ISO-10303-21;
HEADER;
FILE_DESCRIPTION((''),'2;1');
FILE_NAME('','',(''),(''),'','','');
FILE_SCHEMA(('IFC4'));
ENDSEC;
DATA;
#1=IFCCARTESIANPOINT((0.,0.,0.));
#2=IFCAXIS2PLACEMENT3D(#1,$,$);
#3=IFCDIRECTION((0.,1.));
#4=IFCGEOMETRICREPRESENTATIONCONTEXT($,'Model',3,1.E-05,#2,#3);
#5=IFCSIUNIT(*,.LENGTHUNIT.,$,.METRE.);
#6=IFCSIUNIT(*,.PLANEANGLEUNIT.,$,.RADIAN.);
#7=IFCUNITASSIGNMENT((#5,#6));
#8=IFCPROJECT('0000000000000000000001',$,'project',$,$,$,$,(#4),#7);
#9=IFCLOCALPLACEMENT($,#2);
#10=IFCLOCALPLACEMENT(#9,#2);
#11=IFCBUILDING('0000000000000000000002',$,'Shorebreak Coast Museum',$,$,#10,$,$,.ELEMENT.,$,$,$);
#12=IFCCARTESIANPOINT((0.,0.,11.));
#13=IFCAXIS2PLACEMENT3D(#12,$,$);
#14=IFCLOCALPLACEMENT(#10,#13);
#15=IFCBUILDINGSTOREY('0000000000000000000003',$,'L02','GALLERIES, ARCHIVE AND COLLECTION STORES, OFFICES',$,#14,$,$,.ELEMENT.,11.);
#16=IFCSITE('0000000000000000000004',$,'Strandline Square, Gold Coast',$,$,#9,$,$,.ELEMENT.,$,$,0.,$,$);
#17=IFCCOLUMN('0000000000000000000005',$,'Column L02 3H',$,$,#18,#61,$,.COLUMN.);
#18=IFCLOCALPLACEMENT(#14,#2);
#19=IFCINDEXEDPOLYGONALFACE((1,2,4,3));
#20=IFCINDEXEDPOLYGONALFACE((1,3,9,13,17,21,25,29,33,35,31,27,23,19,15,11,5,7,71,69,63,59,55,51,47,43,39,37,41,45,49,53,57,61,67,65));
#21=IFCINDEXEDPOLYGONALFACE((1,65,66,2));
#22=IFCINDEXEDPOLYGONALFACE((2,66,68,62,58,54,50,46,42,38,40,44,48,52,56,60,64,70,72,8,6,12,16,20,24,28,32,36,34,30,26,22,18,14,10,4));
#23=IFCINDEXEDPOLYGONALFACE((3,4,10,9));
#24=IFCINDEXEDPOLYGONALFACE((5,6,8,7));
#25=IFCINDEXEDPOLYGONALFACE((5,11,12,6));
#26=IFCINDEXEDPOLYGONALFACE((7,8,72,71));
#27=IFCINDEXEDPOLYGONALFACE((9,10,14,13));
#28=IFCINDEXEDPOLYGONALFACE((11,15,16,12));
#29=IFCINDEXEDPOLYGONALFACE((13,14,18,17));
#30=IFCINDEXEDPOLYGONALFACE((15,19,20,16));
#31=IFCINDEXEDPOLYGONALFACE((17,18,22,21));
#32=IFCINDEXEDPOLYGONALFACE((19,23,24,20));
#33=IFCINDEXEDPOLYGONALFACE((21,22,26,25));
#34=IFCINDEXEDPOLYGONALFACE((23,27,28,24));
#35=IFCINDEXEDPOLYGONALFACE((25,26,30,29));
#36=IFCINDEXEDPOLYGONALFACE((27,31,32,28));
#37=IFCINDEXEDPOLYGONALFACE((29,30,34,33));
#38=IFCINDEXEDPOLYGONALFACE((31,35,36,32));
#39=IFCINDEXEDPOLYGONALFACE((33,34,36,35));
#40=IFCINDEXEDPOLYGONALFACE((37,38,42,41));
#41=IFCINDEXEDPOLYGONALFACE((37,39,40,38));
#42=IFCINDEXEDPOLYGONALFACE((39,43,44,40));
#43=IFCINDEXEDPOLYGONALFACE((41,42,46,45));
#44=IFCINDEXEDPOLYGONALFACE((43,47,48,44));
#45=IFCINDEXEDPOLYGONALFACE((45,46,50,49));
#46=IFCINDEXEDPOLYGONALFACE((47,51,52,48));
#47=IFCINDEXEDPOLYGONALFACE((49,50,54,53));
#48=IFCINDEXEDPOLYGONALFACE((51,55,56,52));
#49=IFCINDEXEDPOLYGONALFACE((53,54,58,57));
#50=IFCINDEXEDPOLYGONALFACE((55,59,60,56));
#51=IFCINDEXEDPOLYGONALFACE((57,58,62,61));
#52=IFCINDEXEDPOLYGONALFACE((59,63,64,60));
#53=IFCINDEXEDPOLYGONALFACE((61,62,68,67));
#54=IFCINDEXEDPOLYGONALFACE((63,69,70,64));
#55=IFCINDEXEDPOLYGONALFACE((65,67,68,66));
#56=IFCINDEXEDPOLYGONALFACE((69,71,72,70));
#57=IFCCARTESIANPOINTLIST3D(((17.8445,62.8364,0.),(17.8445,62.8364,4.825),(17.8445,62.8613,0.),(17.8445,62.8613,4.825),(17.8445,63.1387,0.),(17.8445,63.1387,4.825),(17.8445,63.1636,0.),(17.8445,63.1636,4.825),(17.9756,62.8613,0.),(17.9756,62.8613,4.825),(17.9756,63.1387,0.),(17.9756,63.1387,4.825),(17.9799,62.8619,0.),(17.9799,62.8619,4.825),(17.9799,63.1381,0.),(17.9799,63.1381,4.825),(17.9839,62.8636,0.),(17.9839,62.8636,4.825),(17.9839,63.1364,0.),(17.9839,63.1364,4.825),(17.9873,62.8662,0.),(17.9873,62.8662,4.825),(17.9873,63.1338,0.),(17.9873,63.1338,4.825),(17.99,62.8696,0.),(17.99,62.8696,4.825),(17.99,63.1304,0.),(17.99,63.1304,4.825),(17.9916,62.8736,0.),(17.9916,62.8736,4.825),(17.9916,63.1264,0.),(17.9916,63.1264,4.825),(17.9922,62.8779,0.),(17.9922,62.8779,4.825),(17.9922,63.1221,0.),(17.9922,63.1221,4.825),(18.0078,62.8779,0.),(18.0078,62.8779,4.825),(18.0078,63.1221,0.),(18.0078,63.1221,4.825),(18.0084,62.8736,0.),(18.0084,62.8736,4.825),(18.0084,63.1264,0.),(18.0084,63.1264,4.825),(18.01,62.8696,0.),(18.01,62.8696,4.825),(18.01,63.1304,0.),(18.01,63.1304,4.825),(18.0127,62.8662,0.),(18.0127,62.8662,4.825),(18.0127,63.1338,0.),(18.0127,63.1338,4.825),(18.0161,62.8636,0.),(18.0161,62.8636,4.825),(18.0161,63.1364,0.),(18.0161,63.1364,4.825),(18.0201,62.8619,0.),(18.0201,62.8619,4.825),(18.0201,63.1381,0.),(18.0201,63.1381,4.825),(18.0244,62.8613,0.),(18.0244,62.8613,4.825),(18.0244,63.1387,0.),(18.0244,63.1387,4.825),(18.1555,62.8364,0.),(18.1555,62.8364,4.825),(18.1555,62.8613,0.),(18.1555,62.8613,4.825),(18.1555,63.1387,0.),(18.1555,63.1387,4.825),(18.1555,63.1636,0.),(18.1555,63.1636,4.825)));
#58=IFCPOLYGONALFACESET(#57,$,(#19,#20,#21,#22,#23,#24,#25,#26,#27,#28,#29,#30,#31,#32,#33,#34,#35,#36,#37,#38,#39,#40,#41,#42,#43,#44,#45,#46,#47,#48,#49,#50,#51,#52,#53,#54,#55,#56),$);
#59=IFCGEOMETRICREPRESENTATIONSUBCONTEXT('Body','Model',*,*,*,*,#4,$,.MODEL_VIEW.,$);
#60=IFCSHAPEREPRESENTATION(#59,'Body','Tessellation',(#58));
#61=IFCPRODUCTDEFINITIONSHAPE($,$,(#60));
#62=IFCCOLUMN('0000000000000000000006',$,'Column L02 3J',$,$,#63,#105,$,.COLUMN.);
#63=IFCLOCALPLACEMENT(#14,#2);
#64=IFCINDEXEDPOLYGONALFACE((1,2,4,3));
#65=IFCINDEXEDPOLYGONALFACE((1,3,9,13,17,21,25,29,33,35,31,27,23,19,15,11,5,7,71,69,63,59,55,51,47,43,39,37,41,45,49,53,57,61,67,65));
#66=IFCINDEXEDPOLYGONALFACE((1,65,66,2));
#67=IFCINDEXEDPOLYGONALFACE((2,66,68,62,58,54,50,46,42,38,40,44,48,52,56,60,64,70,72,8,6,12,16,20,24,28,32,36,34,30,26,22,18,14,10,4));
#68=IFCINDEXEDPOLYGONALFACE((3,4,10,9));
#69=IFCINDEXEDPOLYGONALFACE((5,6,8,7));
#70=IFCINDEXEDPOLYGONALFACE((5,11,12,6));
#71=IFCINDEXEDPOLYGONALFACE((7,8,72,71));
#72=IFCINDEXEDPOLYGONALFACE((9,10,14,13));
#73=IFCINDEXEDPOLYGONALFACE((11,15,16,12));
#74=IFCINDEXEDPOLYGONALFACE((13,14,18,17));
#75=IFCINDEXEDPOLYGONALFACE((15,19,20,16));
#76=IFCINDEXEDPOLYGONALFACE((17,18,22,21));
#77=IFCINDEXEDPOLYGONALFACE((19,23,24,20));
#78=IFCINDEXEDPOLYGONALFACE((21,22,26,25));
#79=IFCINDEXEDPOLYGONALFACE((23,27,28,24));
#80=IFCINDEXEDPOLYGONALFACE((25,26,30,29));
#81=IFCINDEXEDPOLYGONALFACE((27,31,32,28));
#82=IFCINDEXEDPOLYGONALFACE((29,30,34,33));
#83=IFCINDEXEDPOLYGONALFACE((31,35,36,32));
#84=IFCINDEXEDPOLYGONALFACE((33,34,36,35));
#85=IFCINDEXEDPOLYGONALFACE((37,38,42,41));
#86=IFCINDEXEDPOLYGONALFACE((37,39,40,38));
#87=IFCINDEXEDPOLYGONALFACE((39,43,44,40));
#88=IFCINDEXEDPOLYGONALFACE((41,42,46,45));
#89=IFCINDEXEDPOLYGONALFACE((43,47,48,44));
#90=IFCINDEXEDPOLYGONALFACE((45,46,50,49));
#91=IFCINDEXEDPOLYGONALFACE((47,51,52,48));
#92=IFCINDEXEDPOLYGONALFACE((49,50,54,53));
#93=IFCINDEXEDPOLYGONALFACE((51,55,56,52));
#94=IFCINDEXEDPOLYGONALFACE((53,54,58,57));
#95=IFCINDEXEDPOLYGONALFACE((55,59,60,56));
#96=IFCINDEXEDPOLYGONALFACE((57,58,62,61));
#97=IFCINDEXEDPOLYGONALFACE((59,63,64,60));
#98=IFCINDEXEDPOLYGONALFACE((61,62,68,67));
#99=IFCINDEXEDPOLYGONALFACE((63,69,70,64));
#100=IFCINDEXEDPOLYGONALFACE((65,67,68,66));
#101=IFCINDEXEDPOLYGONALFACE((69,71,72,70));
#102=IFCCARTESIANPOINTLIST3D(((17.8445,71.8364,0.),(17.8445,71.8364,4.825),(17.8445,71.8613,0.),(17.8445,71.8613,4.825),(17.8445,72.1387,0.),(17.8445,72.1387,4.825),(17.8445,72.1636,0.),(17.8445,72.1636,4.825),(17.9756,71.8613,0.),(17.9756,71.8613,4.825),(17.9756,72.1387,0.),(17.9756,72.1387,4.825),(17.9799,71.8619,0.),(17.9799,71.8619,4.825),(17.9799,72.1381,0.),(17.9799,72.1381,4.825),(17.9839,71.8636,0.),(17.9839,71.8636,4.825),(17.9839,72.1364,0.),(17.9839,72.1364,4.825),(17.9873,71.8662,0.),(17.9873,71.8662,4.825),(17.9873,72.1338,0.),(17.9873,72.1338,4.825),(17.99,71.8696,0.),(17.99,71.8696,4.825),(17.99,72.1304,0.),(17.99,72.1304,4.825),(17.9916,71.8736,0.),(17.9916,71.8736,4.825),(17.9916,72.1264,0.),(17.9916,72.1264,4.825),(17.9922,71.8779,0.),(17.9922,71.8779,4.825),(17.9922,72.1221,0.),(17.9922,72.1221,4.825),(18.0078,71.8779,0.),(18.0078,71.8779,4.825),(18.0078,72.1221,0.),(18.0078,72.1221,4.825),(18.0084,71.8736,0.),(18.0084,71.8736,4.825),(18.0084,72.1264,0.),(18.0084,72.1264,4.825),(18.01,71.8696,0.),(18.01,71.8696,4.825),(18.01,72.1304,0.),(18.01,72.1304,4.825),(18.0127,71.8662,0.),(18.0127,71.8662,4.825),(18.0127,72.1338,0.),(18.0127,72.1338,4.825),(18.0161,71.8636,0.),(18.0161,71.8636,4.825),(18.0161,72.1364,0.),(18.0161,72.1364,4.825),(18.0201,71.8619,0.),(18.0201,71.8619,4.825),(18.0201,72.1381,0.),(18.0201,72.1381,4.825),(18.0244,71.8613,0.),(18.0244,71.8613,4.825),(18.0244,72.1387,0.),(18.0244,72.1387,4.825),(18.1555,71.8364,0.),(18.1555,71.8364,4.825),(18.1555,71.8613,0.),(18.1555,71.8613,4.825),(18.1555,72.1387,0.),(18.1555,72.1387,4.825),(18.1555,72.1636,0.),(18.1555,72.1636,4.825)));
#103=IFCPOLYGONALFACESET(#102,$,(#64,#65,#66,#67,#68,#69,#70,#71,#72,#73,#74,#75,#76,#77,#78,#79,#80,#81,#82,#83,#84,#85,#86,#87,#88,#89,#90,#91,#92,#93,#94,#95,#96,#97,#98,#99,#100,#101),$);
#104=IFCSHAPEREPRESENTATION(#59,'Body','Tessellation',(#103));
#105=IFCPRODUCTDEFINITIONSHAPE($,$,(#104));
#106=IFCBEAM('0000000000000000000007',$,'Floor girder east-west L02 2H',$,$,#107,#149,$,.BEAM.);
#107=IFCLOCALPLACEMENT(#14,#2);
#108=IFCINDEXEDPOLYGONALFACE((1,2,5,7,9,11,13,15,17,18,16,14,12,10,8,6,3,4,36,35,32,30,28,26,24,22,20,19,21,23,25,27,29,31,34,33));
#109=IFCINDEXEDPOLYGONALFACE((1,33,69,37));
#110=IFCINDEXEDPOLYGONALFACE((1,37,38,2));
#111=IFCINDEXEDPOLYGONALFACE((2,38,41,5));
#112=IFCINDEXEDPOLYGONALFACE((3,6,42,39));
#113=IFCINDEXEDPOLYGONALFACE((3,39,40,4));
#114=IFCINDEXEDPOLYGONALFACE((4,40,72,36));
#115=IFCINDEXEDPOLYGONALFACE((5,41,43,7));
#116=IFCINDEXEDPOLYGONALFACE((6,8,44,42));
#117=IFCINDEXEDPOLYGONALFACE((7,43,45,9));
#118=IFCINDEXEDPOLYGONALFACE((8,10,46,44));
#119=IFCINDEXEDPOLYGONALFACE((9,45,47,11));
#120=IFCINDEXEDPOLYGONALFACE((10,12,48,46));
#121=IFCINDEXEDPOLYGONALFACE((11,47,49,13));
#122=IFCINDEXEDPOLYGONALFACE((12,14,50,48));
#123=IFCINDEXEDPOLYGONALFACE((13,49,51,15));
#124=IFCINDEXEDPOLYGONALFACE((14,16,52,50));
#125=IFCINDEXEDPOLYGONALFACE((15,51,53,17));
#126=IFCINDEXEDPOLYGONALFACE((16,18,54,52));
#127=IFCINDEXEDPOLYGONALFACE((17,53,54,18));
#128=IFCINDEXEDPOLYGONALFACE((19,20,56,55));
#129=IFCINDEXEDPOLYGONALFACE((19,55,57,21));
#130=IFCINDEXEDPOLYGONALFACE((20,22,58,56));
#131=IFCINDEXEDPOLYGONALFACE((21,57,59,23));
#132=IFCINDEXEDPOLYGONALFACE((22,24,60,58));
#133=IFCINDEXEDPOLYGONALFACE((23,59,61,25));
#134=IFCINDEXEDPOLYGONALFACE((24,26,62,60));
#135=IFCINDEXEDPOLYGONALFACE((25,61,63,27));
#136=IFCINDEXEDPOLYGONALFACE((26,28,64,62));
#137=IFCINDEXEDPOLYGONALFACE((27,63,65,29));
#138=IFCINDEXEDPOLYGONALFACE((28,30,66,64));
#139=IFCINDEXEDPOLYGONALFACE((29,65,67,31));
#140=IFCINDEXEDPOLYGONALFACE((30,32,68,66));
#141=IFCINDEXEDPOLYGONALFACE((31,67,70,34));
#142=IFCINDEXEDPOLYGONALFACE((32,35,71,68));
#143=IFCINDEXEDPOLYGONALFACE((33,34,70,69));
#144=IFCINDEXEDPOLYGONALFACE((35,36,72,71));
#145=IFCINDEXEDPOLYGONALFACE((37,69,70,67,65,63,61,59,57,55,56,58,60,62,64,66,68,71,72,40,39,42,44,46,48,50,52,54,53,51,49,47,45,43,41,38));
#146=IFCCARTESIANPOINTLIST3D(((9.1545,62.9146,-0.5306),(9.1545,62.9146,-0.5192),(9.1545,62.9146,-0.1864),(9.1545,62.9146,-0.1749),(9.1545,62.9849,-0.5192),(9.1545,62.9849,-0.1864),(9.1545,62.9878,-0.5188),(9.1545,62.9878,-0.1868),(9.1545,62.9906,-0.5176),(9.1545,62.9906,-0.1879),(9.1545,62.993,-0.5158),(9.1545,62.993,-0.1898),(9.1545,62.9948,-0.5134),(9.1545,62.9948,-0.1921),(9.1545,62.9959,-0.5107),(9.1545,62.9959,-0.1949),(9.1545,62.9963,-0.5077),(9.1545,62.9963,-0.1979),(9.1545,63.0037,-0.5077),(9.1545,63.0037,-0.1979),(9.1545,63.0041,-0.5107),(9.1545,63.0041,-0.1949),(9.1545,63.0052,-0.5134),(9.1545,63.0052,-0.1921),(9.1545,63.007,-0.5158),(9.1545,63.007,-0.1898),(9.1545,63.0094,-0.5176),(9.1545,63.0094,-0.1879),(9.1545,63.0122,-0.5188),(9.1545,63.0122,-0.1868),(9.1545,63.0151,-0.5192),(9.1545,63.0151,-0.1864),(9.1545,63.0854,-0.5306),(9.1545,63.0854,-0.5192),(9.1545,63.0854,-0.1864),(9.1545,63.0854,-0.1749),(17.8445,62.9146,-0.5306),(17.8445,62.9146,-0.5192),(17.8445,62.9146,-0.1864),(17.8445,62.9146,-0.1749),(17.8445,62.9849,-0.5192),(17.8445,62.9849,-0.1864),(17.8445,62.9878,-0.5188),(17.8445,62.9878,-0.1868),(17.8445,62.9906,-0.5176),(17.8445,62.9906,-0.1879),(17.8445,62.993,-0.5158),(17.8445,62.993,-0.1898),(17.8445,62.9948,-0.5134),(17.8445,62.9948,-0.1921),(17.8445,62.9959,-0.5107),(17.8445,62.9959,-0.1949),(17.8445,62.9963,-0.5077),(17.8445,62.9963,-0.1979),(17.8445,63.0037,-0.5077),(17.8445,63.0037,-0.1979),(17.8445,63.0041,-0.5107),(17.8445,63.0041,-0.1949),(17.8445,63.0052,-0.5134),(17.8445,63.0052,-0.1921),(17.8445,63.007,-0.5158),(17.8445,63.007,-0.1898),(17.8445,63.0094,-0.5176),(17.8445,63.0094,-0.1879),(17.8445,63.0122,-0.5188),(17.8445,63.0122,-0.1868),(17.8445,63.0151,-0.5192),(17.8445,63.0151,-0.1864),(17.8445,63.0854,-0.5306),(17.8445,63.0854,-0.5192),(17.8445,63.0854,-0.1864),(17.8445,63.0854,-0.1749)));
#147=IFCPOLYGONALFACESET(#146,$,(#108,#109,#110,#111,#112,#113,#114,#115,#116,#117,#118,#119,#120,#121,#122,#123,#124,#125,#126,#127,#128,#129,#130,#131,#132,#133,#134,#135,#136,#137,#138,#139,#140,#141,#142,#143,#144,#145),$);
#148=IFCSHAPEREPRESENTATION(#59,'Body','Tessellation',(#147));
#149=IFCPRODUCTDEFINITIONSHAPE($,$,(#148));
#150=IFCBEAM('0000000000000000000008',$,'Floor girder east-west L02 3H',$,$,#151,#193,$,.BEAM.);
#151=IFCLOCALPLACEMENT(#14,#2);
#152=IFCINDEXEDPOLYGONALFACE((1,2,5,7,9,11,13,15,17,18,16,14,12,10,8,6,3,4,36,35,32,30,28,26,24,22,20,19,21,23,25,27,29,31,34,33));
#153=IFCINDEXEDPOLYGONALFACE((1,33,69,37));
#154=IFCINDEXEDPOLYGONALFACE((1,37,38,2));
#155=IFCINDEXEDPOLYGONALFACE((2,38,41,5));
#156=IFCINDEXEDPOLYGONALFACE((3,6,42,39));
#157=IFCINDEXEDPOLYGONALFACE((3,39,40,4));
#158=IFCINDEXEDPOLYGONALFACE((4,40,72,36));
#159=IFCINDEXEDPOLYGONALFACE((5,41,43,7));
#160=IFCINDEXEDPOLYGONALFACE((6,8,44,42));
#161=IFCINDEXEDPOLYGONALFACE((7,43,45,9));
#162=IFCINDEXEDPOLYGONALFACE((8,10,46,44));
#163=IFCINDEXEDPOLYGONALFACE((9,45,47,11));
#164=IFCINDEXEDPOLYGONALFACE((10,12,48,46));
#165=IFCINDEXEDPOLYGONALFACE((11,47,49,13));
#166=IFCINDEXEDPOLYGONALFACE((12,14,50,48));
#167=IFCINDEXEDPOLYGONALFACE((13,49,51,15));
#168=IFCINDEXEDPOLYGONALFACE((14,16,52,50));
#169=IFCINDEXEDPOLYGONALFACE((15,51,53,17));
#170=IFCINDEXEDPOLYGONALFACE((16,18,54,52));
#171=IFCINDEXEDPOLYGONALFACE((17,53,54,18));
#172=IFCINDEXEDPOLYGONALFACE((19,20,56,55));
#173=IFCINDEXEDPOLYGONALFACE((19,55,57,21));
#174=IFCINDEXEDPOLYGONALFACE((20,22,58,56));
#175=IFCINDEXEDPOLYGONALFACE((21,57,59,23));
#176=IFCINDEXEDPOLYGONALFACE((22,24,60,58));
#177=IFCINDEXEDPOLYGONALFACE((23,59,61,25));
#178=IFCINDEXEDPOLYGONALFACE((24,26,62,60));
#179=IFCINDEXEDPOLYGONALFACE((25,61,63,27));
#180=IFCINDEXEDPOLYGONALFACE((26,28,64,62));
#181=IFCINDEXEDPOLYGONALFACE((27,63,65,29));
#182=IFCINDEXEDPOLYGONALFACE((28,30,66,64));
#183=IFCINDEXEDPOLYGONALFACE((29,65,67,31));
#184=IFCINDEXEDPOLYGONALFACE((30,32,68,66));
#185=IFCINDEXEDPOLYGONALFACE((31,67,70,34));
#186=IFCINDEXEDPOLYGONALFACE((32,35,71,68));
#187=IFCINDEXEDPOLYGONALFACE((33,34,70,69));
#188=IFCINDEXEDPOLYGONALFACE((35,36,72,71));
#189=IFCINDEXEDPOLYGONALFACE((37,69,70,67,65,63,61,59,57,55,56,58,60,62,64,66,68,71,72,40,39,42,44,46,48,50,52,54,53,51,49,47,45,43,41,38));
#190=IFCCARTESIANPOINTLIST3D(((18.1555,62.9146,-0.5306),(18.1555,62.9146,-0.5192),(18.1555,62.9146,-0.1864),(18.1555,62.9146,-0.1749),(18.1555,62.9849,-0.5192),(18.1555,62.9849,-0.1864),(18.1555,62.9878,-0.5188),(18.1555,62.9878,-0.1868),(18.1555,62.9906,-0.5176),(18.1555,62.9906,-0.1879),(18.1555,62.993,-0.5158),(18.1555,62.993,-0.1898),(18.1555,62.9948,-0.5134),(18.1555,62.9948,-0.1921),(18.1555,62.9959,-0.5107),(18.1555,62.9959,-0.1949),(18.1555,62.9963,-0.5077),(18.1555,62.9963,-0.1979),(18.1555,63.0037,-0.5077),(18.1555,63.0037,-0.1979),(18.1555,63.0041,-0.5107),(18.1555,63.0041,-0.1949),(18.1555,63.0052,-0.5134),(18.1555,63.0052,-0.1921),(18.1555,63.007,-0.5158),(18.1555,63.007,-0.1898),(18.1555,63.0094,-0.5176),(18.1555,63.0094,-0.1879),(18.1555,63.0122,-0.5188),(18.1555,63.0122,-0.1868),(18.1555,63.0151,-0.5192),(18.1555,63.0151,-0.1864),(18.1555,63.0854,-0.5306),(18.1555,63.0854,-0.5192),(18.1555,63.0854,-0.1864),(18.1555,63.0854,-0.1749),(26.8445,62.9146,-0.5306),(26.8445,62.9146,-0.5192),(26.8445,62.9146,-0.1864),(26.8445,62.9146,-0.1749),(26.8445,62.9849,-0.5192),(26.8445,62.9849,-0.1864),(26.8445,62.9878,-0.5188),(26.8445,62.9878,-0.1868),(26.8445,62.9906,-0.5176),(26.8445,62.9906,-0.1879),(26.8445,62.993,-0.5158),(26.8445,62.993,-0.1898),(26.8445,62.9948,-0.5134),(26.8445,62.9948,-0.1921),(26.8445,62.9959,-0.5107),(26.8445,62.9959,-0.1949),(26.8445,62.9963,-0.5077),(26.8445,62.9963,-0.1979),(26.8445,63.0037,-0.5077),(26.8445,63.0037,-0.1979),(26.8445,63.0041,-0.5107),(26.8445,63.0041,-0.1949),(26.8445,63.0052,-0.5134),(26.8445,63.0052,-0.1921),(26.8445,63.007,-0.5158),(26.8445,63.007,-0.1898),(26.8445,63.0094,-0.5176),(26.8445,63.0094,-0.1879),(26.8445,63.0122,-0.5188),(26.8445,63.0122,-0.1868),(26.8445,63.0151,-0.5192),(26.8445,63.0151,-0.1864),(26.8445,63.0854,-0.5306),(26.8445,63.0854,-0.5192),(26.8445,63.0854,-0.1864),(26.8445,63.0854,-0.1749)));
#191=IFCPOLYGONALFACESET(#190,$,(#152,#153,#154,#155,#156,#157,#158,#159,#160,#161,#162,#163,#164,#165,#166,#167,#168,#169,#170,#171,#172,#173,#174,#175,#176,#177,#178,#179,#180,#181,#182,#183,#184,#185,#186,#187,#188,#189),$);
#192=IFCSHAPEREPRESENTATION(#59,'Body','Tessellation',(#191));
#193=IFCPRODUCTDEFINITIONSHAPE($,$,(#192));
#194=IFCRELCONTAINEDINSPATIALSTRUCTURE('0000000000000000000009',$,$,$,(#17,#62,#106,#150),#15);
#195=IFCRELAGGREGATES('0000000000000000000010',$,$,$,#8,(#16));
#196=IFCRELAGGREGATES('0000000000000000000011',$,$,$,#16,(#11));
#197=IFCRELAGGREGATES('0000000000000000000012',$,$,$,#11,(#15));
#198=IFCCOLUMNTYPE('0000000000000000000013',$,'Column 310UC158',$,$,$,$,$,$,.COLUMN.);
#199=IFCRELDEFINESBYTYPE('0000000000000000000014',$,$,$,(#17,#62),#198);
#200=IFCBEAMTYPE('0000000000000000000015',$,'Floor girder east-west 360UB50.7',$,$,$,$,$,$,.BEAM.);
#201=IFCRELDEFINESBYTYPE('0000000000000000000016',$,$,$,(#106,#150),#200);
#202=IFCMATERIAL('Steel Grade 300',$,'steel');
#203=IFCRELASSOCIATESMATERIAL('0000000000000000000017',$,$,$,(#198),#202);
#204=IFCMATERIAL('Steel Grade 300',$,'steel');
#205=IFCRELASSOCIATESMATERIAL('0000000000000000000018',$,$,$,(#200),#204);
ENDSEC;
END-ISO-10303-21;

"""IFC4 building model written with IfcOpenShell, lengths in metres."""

from ifc_helpers import new_model, si_unit, direction, frame, origin, origin_2d, place, context, subcontext, project, spatial, i_section, extrude, material, material_profile, profile_set, type_object, element, save


model = new_model("IFC4")

# Units and contexts
model_context = context("Model", 3, precision=1e-05, world=origin(), true_north=direction((0.0, 1.0)))
body_context = subcontext(model_context, "Body", "Model", "MODEL_VIEW")
ifc_project = project(units=[si_unit("LENGTHUNIT", "METRE"), si_unit("PLANEANGLEUNIT", "RADIAN")], contexts=[model_context])

# Site, building, storey
site_placement = place(None, origin())
site = spatial("IfcSite", under=ifc_project, at=site_placement, Name="Strandline Square, Gold Coast", CompositionType="ELEMENT", RefElevation=0.0)
building_placement = place(site_placement, origin())
building = spatial("IfcBuilding", under=site, at=building_placement, Name="Shorebreak Coast Museum", CompositionType="ELEMENT")
storey_placement = place(building_placement, frame((0.0, 0.0, 11.0)))
storey = spatial("IfcBuildingStorey", under=building, at=storey_placement, Name="L02", Description="GALLERIES, ARCHIVE AND COLLECTION STORES, OFFICES", CompositionType="ELEMENT", Elevation=11.0)

# Columns
ifc_material_1 = material(Name="Steel Grade 300", Category="steel")
ifc_material_profile_1 = material_profile(ifc_material_1, i_section(OverallWidth=0.311, OverallDepth=0.3271, WebThickness=0.0156, FlangeThickness=0.0249, FilletRadius=0.0166, at=origin_2d()), Name="310UC158")
ifc_profile_set_1 = profile_set([ifc_material_profile_1], Name="Steel Grade 300")
column_type = type_object("IfcColumnType", Name="Column 310UC158", PredefinedType="COLUMN", material=ifc_profile_set_1)
for number, where, z_axis, x_axis, name in (
    (1, (18.0, 63.0, 0.0), (0.0, 0.0, 1.0), (1.0, 0.0, 0.0), "Column L02 3H"),
    (2, (18.0, 72.0, 0.0), (0.0, 0.0, 1.0), (1.0, 0.0, 0.0), "Column L02 3J"),
):
    element("IfcColumn", number, at=place(storey_placement, frame(where, z_axis=z_axis, x_axis=x_axis)), inside=storey, type_object=column_type, Name=name, PredefinedType="COLUMN", context=body_context, shape_type="SweptSolid", body=[
        extrude(i_section(OverallWidth=0.311, OverallDepth=0.3271, WebThickness=0.0156, FlangeThickness=0.0249, FilletRadius=0.0166, at=origin_2d()), origin(), (0.0, 0.0, 1.0), 4.825),
    ])

# Beams
ifc_material_2 = material(Name="Steel Grade 300", Category="steel")
ifc_material_profile_2 = material_profile(ifc_material_2, i_section(OverallWidth=0.1709, OverallDepth=0.3557, WebThickness=0.0073, FlangeThickness=0.0115, FilletRadius=0.0115, at=origin_2d()), Name="360UB50.7")
ifc_profile_set_2 = profile_set([ifc_material_profile_2], Name="Steel Grade 300")
beam_type_1 = type_object("IfcBeamType", Name="Floor girder east-west 360UB50.7", PredefinedType="BEAM", material=ifc_profile_set_2)
beam_1_placement = place(storey_placement, frame((9.1545, 63.0, -0.3528), z_axis=(1.0, 0.0, 0.0), x_axis=(0.0, 1.0, 0.0)))
element("IfcBeam", 3, at=beam_1_placement, inside=storey, type_object=beam_type_1, Name="Floor girder east-west L02 2H", PredefinedType="BEAM", context=body_context, shape_type="SweptSolid", body=[
    extrude(i_section(OverallWidth=0.1709, OverallDepth=0.3557, WebThickness=0.0073, FlangeThickness=0.0115, FilletRadius=0.0115, at=origin_2d()), origin(), (0.0, 0.0, 1.0), 8.6899),
])
beam_2_placement = place(storey_placement, frame((18.1555, 63.0, -0.3528), z_axis=(1.0, 0.0, 0.0), x_axis=(0.0, 1.0, 0.0)))
element("IfcBeam", 4, at=beam_2_placement, inside=storey, type_object=beam_type_1, Name="Floor girder east-west L02 3H", PredefinedType="BEAM", context=body_context, shape_type="SweptSolid", body=[
    extrude(i_section(OverallWidth=0.1709, OverallDepth=0.3557, WebThickness=0.0073, FlangeThickness=0.0115, FilletRadius=0.0115, at=origin_2d()), origin(), (0.0, 0.0, 1.0), 8.689),
])

save(model, "model.ifc")
